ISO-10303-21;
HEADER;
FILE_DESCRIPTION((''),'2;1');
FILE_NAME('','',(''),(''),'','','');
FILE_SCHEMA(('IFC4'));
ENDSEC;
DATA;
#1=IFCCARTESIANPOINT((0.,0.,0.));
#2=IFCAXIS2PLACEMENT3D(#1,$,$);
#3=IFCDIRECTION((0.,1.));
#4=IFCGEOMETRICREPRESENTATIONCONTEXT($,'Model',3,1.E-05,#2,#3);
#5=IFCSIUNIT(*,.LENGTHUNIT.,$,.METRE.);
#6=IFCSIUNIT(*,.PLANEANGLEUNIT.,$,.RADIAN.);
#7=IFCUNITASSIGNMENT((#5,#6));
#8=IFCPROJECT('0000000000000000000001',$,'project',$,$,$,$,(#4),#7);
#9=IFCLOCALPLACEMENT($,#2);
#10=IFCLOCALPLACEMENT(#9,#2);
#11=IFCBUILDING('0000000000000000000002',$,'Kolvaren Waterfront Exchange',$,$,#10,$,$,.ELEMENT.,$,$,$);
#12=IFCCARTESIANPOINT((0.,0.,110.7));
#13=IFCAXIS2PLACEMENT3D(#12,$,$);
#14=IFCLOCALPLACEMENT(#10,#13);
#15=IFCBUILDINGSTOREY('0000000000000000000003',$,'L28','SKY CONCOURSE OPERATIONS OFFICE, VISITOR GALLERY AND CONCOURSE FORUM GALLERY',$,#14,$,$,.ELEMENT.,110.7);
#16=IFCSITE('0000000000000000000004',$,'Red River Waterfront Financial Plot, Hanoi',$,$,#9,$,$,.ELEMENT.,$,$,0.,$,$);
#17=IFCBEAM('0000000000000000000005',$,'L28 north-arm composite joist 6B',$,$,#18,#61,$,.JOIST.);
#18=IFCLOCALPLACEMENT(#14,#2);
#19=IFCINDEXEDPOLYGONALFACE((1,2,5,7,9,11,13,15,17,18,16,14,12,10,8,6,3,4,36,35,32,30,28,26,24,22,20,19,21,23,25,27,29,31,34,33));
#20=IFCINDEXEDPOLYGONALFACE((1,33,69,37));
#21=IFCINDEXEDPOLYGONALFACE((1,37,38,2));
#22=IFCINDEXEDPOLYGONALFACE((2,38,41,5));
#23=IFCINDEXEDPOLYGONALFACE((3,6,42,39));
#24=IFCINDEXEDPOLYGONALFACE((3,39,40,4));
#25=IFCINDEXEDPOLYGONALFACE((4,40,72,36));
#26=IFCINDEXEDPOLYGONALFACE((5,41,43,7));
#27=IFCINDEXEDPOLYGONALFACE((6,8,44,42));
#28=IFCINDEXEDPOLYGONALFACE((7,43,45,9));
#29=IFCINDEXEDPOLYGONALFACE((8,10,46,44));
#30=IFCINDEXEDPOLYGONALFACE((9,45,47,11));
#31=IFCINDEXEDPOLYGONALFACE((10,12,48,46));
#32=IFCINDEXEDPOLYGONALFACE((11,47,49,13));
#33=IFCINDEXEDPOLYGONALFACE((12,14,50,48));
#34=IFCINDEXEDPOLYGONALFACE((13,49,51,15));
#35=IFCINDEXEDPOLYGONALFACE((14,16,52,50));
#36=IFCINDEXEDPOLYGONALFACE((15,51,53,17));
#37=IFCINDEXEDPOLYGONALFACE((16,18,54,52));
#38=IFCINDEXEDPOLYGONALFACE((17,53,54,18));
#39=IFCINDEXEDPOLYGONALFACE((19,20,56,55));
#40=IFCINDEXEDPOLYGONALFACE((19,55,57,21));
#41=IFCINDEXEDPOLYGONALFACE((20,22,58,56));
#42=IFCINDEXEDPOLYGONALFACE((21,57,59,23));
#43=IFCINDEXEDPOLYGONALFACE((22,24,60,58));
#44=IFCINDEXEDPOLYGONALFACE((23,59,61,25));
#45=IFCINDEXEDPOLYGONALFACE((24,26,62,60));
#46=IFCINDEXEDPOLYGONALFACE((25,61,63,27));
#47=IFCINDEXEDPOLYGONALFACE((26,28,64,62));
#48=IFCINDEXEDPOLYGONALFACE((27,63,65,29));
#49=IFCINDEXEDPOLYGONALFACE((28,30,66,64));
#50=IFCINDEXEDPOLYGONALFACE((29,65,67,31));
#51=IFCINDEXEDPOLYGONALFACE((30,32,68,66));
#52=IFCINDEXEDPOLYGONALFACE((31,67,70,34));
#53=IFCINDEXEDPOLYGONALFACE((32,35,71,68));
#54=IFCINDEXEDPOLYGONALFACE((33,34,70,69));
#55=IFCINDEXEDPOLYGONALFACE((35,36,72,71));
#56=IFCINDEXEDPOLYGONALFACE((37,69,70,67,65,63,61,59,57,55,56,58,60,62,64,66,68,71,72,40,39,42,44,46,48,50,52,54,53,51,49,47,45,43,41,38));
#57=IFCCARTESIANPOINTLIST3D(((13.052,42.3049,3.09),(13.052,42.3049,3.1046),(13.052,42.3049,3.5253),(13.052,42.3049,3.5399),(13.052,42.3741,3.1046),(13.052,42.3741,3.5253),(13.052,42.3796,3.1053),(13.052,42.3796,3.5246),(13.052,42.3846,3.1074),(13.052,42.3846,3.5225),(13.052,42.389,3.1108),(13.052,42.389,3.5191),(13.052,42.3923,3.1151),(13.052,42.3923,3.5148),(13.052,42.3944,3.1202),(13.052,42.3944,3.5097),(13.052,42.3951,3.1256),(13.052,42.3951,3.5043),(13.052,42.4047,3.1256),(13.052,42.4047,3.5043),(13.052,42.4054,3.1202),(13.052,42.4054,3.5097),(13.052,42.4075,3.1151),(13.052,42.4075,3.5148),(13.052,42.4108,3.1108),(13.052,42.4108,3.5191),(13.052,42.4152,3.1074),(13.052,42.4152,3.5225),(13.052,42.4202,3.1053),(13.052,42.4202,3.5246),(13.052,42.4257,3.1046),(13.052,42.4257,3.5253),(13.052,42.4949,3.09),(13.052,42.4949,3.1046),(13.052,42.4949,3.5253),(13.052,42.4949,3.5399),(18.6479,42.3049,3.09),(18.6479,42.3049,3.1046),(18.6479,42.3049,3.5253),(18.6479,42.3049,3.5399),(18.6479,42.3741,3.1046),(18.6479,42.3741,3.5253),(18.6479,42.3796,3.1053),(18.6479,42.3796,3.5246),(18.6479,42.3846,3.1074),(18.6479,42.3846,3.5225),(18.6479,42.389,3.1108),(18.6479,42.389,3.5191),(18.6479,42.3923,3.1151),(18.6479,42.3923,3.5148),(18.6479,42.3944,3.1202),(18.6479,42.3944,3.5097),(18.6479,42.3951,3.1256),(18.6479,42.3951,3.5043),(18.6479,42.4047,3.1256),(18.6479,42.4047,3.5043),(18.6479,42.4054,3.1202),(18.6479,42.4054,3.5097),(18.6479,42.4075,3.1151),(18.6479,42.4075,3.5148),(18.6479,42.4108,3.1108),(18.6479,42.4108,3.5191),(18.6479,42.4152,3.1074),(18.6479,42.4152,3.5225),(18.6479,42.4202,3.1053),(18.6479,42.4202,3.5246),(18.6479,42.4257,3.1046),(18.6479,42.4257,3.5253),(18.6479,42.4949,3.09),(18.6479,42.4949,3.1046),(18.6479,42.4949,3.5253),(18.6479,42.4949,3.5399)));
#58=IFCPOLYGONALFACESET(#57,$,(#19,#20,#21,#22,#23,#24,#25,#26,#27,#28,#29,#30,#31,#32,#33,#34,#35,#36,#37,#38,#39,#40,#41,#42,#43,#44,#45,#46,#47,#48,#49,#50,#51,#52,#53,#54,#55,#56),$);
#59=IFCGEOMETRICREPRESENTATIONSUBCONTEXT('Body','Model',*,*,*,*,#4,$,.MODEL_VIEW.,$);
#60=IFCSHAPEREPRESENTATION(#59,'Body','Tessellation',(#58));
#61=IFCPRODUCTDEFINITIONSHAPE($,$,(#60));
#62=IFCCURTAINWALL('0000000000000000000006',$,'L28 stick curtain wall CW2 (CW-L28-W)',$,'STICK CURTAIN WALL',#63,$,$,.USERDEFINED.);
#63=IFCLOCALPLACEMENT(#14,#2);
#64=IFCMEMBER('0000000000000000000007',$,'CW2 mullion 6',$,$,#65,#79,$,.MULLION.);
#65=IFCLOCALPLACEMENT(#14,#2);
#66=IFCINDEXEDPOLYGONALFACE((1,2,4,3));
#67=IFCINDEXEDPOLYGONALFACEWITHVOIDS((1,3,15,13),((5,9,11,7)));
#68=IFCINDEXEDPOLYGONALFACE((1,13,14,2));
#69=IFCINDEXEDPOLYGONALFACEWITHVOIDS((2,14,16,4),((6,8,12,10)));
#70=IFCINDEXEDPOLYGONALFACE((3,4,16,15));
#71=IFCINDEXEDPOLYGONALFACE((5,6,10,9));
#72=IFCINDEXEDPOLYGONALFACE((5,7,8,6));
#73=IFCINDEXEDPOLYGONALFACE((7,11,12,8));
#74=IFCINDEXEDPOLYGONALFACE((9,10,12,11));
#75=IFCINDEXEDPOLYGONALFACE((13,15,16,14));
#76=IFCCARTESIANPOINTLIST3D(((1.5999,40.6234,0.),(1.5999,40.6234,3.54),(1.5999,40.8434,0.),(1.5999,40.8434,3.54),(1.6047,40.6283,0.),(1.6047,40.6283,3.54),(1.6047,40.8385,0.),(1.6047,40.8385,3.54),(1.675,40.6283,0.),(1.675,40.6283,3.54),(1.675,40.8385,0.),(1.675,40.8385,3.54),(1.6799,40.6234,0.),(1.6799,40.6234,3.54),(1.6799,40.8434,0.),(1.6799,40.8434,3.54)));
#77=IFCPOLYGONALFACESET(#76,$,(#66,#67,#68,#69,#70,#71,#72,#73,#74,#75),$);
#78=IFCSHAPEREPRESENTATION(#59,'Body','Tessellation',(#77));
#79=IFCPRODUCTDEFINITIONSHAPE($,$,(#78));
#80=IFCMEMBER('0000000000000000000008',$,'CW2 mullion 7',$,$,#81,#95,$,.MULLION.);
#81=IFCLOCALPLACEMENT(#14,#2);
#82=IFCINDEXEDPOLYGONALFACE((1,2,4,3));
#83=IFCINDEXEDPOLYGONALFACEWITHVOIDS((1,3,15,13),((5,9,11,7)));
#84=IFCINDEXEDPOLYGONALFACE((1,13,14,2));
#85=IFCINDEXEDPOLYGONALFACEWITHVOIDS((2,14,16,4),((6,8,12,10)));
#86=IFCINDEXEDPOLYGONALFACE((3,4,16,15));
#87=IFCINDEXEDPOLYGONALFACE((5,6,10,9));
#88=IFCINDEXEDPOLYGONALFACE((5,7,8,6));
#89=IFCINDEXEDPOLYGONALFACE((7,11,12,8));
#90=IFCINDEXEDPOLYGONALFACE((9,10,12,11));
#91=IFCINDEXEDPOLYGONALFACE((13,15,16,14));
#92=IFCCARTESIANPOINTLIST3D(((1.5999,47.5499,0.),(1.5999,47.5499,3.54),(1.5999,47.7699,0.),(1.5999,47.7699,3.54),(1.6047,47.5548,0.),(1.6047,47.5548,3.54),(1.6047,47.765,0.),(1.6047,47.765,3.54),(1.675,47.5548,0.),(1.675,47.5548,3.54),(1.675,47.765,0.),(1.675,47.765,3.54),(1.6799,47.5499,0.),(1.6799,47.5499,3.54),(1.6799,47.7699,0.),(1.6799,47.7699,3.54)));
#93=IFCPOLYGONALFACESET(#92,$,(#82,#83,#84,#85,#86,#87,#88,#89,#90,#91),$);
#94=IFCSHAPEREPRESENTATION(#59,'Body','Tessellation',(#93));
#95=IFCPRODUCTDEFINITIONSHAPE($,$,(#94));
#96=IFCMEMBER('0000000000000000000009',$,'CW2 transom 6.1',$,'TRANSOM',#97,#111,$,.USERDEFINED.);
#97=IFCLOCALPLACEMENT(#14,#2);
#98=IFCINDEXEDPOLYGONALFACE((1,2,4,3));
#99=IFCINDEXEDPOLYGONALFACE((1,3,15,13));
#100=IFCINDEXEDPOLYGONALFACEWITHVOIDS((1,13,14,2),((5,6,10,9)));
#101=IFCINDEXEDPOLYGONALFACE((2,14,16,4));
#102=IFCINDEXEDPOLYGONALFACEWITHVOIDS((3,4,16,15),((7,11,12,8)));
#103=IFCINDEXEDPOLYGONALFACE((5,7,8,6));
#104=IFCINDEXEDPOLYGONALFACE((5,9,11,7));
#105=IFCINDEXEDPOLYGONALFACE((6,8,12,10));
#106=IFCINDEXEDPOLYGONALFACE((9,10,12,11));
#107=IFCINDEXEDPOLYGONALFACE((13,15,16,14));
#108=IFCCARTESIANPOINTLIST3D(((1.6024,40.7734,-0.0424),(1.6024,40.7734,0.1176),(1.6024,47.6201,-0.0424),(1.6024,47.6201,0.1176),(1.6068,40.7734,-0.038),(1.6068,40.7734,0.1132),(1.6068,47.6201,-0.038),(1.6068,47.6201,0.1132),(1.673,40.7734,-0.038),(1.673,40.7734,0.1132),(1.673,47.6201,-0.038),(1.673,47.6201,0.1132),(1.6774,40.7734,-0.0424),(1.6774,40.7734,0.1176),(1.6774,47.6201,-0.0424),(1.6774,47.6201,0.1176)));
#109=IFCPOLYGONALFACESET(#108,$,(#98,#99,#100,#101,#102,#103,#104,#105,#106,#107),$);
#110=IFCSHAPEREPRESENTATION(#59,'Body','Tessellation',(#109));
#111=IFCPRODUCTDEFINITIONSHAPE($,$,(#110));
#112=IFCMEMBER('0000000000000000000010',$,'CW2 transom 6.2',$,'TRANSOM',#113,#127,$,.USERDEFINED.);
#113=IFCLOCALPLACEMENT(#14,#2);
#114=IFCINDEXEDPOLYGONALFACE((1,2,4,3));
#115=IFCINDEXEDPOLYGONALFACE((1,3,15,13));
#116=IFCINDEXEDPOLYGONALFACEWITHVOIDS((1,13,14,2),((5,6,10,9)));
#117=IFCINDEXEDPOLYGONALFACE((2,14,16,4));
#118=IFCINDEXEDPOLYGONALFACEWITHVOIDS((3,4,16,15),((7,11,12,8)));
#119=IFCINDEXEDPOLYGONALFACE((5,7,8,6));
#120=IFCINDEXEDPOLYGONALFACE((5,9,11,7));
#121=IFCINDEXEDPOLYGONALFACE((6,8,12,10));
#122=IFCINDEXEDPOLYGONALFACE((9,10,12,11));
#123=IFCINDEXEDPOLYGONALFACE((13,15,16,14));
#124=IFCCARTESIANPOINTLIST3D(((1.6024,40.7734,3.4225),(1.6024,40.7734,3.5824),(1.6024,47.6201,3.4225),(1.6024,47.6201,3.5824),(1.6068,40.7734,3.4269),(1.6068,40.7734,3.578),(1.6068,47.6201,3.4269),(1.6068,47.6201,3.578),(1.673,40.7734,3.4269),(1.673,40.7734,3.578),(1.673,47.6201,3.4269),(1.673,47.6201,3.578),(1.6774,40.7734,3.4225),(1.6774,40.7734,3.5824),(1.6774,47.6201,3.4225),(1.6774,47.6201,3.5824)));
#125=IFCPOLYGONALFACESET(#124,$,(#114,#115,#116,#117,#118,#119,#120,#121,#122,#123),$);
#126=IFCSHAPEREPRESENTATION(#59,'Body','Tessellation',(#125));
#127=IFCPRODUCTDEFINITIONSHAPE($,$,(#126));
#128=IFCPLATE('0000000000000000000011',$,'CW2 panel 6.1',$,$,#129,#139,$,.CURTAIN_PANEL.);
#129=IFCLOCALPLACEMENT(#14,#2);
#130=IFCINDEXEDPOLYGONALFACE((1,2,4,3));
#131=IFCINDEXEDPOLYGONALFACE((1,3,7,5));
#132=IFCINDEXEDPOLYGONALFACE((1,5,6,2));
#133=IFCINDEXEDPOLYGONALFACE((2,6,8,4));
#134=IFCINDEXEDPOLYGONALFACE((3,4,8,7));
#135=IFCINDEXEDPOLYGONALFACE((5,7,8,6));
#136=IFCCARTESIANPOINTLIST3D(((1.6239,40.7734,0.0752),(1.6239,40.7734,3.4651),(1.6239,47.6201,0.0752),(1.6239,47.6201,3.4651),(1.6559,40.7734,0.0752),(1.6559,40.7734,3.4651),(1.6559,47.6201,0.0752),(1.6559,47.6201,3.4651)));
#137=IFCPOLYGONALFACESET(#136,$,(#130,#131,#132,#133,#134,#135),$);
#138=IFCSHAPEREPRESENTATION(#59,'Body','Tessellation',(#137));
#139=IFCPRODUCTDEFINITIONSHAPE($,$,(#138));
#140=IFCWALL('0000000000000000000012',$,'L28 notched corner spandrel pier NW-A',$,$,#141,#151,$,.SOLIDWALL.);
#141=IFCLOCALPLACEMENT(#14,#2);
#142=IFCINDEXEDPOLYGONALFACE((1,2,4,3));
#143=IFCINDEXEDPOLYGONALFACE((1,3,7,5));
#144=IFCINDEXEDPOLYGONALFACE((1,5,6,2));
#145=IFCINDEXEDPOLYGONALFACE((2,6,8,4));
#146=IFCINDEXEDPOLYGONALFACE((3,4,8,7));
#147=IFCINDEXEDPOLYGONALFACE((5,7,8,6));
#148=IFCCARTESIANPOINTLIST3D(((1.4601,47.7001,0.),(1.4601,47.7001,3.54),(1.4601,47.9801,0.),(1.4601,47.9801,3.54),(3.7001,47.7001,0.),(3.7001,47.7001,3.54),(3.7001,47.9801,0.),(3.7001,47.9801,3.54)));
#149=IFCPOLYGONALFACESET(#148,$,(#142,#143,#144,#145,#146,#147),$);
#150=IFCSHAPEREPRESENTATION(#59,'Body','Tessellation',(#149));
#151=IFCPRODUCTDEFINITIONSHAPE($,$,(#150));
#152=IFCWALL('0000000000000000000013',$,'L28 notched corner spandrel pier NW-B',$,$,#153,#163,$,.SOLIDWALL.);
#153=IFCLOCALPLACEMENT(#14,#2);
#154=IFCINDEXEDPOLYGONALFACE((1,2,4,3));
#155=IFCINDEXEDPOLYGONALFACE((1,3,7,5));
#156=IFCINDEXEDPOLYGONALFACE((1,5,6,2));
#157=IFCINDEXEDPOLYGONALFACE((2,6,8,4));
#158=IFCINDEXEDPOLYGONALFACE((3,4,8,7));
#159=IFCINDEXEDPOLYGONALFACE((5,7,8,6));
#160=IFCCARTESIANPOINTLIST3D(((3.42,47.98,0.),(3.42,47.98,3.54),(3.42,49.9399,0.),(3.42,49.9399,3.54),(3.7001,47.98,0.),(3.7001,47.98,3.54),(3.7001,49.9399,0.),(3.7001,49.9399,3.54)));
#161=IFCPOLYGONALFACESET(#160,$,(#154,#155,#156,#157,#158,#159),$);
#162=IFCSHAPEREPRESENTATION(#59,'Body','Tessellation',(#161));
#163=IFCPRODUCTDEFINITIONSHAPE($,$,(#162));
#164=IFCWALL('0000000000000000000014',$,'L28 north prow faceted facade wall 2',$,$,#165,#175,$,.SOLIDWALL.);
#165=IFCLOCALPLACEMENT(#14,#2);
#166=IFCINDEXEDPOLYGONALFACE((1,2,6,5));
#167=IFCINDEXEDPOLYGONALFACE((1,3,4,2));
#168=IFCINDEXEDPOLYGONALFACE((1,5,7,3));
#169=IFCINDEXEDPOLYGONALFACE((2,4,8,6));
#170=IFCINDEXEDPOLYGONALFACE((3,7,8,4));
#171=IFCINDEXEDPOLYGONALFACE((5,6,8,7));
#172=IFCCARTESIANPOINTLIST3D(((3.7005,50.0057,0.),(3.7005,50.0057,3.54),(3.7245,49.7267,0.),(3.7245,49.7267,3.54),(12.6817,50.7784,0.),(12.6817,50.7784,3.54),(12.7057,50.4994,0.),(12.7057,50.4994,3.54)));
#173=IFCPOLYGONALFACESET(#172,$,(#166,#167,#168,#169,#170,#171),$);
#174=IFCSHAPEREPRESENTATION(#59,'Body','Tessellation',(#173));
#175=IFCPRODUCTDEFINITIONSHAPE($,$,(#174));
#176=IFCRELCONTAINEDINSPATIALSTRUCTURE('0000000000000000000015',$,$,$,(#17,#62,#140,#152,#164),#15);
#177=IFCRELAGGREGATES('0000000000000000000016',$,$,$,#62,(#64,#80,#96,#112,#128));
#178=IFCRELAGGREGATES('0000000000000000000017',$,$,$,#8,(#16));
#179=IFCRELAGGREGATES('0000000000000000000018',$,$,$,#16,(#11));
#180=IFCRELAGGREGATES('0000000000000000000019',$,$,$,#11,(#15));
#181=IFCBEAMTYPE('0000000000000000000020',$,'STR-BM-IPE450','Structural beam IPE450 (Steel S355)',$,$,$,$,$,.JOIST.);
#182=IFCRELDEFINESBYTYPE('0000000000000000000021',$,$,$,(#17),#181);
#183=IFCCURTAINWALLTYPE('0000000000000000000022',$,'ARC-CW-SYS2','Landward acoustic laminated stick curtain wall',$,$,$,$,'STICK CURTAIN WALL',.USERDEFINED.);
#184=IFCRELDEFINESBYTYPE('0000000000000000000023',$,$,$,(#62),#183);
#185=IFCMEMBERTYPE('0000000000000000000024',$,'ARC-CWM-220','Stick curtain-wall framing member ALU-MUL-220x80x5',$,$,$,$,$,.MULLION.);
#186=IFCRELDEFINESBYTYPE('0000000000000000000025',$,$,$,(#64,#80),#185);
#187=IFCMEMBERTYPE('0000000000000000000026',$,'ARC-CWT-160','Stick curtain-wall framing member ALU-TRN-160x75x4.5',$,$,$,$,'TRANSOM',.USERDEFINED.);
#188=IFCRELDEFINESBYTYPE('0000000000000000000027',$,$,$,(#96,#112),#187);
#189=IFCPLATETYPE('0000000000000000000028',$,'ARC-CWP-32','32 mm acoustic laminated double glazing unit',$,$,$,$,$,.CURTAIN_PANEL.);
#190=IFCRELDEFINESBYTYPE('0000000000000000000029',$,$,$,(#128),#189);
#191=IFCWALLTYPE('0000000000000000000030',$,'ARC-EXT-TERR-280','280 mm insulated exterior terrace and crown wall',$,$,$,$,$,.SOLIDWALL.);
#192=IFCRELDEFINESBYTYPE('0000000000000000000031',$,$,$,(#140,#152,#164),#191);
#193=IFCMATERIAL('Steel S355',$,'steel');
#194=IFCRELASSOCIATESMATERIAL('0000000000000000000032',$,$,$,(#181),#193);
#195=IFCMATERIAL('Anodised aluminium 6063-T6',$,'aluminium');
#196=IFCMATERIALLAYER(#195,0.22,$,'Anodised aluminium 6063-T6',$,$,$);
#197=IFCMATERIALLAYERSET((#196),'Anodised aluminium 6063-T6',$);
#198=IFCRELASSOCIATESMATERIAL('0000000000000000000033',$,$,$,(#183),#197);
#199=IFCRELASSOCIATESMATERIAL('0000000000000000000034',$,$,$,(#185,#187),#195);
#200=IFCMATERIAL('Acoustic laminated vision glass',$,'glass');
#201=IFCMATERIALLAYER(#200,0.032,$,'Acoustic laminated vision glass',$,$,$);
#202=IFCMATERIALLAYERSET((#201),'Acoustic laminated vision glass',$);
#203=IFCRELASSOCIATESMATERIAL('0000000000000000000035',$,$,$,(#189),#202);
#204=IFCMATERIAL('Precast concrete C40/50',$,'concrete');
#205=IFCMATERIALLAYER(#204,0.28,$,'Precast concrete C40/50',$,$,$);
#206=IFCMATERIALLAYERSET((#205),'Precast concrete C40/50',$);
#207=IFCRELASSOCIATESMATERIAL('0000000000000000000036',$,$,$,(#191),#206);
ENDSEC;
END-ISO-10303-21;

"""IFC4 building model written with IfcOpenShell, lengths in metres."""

from ifc_helpers import new_model, si_unit, direction, frame, frame_2d, origin, origin_with_axes, origin_2d, place, context, subcontext, project, spatial, rectangle, hollow_rectangle, i_section, extrude, source, transform, mapped, material, layer, layer_set, material_profile, profile_set, type_object, element, aggregate, save


model = new_model("IFC4")

# Units and contexts
model_context = context("Model", 3, precision=1e-05, world=origin(), true_north=direction((0.0, 1.0)))
body_context = subcontext(model_context, "Body", "Model", "MODEL_VIEW")
ifc_project = project(units=[si_unit("LENGTHUNIT", "METRE"), si_unit("PLANEANGLEUNIT", "RADIAN")], contexts=[model_context])

# Site, building, storey
site_placement = place(None, origin())
site = spatial("IfcSite", under=ifc_project, at=site_placement, Name="Red River Waterfront Financial Plot, Hanoi", CompositionType="ELEMENT", RefElevation=0.0)
building_placement = place(site_placement, origin())
building = spatial("IfcBuilding", under=site, at=building_placement, Name="Kolvaren Waterfront Exchange", CompositionType="ELEMENT")
storey_placement = place(building_placement, frame((0.0, 0.0, 110.7)))
storey = spatial("IfcBuildingStorey", under=building, at=storey_placement, Name="L28", Description="SKY CONCOURSE OPERATIONS OFFICE, VISITOR GALLERY AND CONCOURSE FORUM GALLERY", CompositionType="ELEMENT", Elevation=110.7)

# Beam
ifc_material_1 = material(Name="Steel S355", Category="steel")
ifc_material_profile_1 = material_profile(ifc_material_1, i_section(OverallWidth=0.1899, OverallDepth=0.45, WebThickness=0.0095, FlangeThickness=0.0146, FilletRadius=0.021, at=origin_2d()), Name="IPE450")
ifc_profile_set_1 = profile_set([ifc_material_profile_1], Name="Steel S355")
beam_type_1 = type_object("IfcBeamType", Name="STR-BM-IPE450", Description="Structural beam IPE450 (Steel S355)", PredefinedType="JOIST", material=ifc_profile_set_1)
beam_1_placement = place(storey_placement, frame((13.052, 42.3999, 3.3149), z_axis=(1.0, 0.0, 0.0), x_axis=(0.0, 1.0, 0.0)))
element("IfcBeam", 1, at=beam_1_placement, inside=storey, type_object=beam_type_1, Name="L28 north-arm composite joist 6B", PredefinedType="JOIST", context=body_context, shape_type="SweptSolid", body=[
    extrude(i_section(OverallWidth=0.1899, OverallDepth=0.45, WebThickness=0.0095, FlangeThickness=0.0146, FilletRadius=0.021, at=origin_2d()), origin(), (0.0, 0.0, 1.0), 5.5959),
])

# Curtain wall, members, plate
ifc_material_2 = material(Name="Anodised aluminium 6063-T6", Category="aluminium")
ifc_layer_1 = layer(ifc_material_2, 0.22, Name="Anodised aluminium 6063-T6")
ifc_layer_set_1 = layer_set([ifc_layer_1], Name="Anodised aluminium 6063-T6")
curtain_wall_type = type_object("IfcCurtainWallType", Name="ARC-CW-SYS2", Description="Landward acoustic laminated stick curtain wall", ElementType="STICK CURTAIN WALL", PredefinedType="USERDEFINED", material=ifc_layer_set_1)
curtain_wall_placement = place(storey_placement, origin())
curtain_wall = element("IfcCurtainWall", 2, at=curtain_wall_placement, inside=storey, type_object=curtain_wall_type, Name="L28 stick curtain wall CW2 (CW-L28-W)", ObjectType="STICK CURTAIN WALL", PredefinedType="USERDEFINED")
ifc_material_profile_2 = material_profile(ifc_material_2, hollow_rectangle(XDim=0.0801, YDim=0.22, WallThickness=0.0049, at=origin_2d()), Name="ALU-MUL-220x80x5")
ifc_profile_set_2 = profile_set([ifc_material_profile_2], Name="Anodised aluminium 6063-T6")
member_type_1 = type_object("IfcMemberType", Name="ARC-CWM-220", Description="Stick curtain-wall framing member ALU-MUL-220x80x5", PredefinedType="MULLION", material=ifc_profile_set_2)
shared_shape_1 = source(origin_with_axes(), body_context, "Body", "SweptSolid", [
    extrude(hollow_rectangle(XDim=0.0801, YDim=0.22, WallThickness=0.0049, at=origin_2d()), origin(), (0.0, 0.0, 1.0), 3.54),
])
member_1_placement = place(storey_placement, frame((1.6399, 40.7334, 0.0), z_axis=(0.0, 0.0, 1.0), x_axis=(-1.0, 0.0, 0.0)))
member_1 = element("IfcMember", 3, at=member_1_placement, type_object=member_type_1, Name="CW2 mullion 6", PredefinedType="MULLION", context=body_context, shape_type="MappedRepresentation", body=[
    mapped(shared_shape_1, transform((0.0, 0.0, 0.0), x_axis=(1.0, 0.0, 0.0), y_axis=(0.0, 1.0, 0.0), z_axis=(0.0, 0.0, 1.0), scale=1.0)),
])
member_2_placement = place(storey_placement, frame((1.6399, 47.6599, 0.0), z_axis=(0.0, 0.0, 1.0), x_axis=(-1.0, 0.0, 0.0)))
member_2 = element("IfcMember", 4, at=member_2_placement, type_object=member_type_1, Name="CW2 mullion 7", PredefinedType="MULLION", context=body_context, shape_type="MappedRepresentation", body=[
    mapped(shared_shape_1, transform((0.0, 0.0, 0.0), x_axis=(1.0, 0.0, 0.0), y_axis=(0.0, 1.0, 0.0), z_axis=(0.0, 0.0, 1.0), scale=1.0)),
])
ifc_material_profile_3 = material_profile(ifc_material_2, hollow_rectangle(XDim=0.075, YDim=0.1599, WallThickness=0.0044, at=origin_2d()), Name="ALU-TRN-160x75x4.5")
ifc_profile_set_3 = profile_set([ifc_material_profile_3], Name="Anodised aluminium 6063-T6")
member_type_2 = type_object("IfcMemberType", Name="ARC-CWT-160", Description="Stick curtain-wall framing member ALU-TRN-160x75x4.5", ElementType="TRANSOM", PredefinedType="USERDEFINED", material=ifc_profile_set_3)
shared_shape_2 = source(origin_with_axes(), body_context, "Body", "SweptSolid", [
    extrude(hollow_rectangle(XDim=0.075, YDim=0.1599, WallThickness=0.0044, at=origin_2d()), origin(), (0.0, 0.0, 1.0), 6.8467),
])
member_3_placement = place(storey_placement, frame((1.6399, 40.7734, 0.0376), z_axis=(0.0, 1.0, 0.0), x_axis=(-1.0, 0.0, 0.0)))
member_3 = element("IfcMember", 5, at=member_3_placement, type_object=member_type_2, Name="CW2 transom 6.1", ObjectType="TRANSOM", PredefinedType="USERDEFINED", context=body_context, shape_type="MappedRepresentation", body=[
    mapped(shared_shape_2, transform((0.0, 0.0, 0.0), x_axis=(1.0, 0.0, 0.0), y_axis=(0.0, 1.0, 0.0), z_axis=(0.0, 0.0, 1.0), scale=1.0)),
])
member_4_placement = place(storey_placement, frame((1.6399, 40.7734, 3.5024), z_axis=(0.0, 1.0, 0.0), x_axis=(-1.0, 0.0, 0.0)))
member_4 = element("IfcMember", 6, at=member_4_placement, type_object=member_type_2, Name="CW2 transom 6.2", ObjectType="TRANSOM", PredefinedType="USERDEFINED", context=body_context, shape_type="MappedRepresentation", body=[
    mapped(shared_shape_2, transform((0.0, 0.0, 0.0), x_axis=(1.0, 0.0, 0.0), y_axis=(0.0, 1.0, 0.0), z_axis=(0.0, 0.0, 1.0), scale=1.0)),
])
ifc_material_3 = material(Name="Acoustic laminated vision glass", Category="glass")
ifc_layer_2 = layer(ifc_material_3, 0.032, Name="Acoustic laminated vision glass")
ifc_layer_set_2 = layer_set([ifc_layer_2], Name="Acoustic laminated vision glass")
plate_type = type_object("IfcPlateType", Name="ARC-CWP-32", Description="32 mm acoustic laminated double glazing unit", PredefinedType="CURTAIN_PANEL", material=ifc_layer_set_2)
shared_shape_3 = source(origin_with_axes(), body_context, "Body", "SweptSolid", [
    extrude(rectangle(XDim=6.8467, YDim=0.032, at=origin_2d()), origin(), (0.0, 0.0, 1.0), 3.3899),
])
plate_placement = place(storey_placement, frame((1.6399, 44.1968, 0.0752), z_axis=(0.0, 0.0, 1.0), x_axis=(0.0, 1.0, 0.0)))
plate = element("IfcPlate", 7, at=plate_placement, type_object=plate_type, Name="CW2 panel 6.1", PredefinedType="CURTAIN_PANEL", context=body_context, shape_type="MappedRepresentation", body=[
    mapped(shared_shape_3, transform((0.0, 0.0, 0.0), x_axis=(1.0, 0.0, 0.0), y_axis=(0.0, 1.0, 0.0), z_axis=(0.0, 0.0, 1.0), scale=1.0)),
])
aggregate(curtain_wall, [member_1, member_2, member_3, member_4, plate])

# Walls
ifc_material_4 = material(Name="Precast concrete C40/50", Category="concrete")
ifc_layer_3 = layer(ifc_material_4, 0.28, Name="Precast concrete C40/50")
ifc_layer_set_3 = layer_set([ifc_layer_3], Name="Precast concrete C40/50")
wall_type_1 = type_object("IfcWallType", Name="ARC-EXT-TERR-280", Description="280 mm insulated exterior terrace and crown wall", PredefinedType="SOLIDWALL", material=ifc_layer_set_3)
wall_1_placement = place(storey_placement, frame((1.46, 47.8401, 0.0), z_axis=(0.0, 0.0, 1.0), x_axis=(1.0, 0.0, 0.0)))
element("IfcWall", 8, at=wall_1_placement, inside=storey, type_object=wall_type_1, Name="L28 notched corner spandrel pier NW-A", PredefinedType="SOLIDWALL", context=body_context, shape_type="SweptSolid", body=[
    extrude(rectangle(XDim=2.24, YDim=0.28, at=frame_2d((1.1201, 0.0))), origin(), (0.0, 0.0, 1.0), 3.54),
])
wall_2_placement = place(storey_placement, frame((3.5601, 47.98, 0.0), z_axis=(0.0, 0.0, 1.0), x_axis=(0.0, 1.0, 0.0)))
element("IfcWall", 9, at=wall_2_placement, inside=storey, type_object=wall_type_1, Name="L28 notched corner spandrel pier NW-B", PredefinedType="SOLIDWALL", context=body_context, shape_type="SweptSolid", body=[
    extrude(rectangle(XDim=1.96, YDim=0.28, at=frame_2d((0.98, 0.0))), origin(), (0.0, 0.0, 1.0), 3.54),
])
wall_3_placement = place(storey_placement, frame((12.6938, 50.6389, 0.0), z_axis=(0.0, 0.0, 1.0), x_axis=(-0.996319, -0.085719, 0.0)))
element("IfcWall", 10, at=wall_3_placement, inside=storey, type_object=wall_type_1, Name="L28 north prow faceted facade wall 2", PredefinedType="SOLIDWALL", context=body_context, shape_type="SweptSolid", body=[
    extrude(rectangle(XDim=9.0144, YDim=0.28, at=frame_2d((4.5073, 0.0))), origin(), (0.0, 0.0, 1.0), 3.54),
])

save(model, "model.ifc")
